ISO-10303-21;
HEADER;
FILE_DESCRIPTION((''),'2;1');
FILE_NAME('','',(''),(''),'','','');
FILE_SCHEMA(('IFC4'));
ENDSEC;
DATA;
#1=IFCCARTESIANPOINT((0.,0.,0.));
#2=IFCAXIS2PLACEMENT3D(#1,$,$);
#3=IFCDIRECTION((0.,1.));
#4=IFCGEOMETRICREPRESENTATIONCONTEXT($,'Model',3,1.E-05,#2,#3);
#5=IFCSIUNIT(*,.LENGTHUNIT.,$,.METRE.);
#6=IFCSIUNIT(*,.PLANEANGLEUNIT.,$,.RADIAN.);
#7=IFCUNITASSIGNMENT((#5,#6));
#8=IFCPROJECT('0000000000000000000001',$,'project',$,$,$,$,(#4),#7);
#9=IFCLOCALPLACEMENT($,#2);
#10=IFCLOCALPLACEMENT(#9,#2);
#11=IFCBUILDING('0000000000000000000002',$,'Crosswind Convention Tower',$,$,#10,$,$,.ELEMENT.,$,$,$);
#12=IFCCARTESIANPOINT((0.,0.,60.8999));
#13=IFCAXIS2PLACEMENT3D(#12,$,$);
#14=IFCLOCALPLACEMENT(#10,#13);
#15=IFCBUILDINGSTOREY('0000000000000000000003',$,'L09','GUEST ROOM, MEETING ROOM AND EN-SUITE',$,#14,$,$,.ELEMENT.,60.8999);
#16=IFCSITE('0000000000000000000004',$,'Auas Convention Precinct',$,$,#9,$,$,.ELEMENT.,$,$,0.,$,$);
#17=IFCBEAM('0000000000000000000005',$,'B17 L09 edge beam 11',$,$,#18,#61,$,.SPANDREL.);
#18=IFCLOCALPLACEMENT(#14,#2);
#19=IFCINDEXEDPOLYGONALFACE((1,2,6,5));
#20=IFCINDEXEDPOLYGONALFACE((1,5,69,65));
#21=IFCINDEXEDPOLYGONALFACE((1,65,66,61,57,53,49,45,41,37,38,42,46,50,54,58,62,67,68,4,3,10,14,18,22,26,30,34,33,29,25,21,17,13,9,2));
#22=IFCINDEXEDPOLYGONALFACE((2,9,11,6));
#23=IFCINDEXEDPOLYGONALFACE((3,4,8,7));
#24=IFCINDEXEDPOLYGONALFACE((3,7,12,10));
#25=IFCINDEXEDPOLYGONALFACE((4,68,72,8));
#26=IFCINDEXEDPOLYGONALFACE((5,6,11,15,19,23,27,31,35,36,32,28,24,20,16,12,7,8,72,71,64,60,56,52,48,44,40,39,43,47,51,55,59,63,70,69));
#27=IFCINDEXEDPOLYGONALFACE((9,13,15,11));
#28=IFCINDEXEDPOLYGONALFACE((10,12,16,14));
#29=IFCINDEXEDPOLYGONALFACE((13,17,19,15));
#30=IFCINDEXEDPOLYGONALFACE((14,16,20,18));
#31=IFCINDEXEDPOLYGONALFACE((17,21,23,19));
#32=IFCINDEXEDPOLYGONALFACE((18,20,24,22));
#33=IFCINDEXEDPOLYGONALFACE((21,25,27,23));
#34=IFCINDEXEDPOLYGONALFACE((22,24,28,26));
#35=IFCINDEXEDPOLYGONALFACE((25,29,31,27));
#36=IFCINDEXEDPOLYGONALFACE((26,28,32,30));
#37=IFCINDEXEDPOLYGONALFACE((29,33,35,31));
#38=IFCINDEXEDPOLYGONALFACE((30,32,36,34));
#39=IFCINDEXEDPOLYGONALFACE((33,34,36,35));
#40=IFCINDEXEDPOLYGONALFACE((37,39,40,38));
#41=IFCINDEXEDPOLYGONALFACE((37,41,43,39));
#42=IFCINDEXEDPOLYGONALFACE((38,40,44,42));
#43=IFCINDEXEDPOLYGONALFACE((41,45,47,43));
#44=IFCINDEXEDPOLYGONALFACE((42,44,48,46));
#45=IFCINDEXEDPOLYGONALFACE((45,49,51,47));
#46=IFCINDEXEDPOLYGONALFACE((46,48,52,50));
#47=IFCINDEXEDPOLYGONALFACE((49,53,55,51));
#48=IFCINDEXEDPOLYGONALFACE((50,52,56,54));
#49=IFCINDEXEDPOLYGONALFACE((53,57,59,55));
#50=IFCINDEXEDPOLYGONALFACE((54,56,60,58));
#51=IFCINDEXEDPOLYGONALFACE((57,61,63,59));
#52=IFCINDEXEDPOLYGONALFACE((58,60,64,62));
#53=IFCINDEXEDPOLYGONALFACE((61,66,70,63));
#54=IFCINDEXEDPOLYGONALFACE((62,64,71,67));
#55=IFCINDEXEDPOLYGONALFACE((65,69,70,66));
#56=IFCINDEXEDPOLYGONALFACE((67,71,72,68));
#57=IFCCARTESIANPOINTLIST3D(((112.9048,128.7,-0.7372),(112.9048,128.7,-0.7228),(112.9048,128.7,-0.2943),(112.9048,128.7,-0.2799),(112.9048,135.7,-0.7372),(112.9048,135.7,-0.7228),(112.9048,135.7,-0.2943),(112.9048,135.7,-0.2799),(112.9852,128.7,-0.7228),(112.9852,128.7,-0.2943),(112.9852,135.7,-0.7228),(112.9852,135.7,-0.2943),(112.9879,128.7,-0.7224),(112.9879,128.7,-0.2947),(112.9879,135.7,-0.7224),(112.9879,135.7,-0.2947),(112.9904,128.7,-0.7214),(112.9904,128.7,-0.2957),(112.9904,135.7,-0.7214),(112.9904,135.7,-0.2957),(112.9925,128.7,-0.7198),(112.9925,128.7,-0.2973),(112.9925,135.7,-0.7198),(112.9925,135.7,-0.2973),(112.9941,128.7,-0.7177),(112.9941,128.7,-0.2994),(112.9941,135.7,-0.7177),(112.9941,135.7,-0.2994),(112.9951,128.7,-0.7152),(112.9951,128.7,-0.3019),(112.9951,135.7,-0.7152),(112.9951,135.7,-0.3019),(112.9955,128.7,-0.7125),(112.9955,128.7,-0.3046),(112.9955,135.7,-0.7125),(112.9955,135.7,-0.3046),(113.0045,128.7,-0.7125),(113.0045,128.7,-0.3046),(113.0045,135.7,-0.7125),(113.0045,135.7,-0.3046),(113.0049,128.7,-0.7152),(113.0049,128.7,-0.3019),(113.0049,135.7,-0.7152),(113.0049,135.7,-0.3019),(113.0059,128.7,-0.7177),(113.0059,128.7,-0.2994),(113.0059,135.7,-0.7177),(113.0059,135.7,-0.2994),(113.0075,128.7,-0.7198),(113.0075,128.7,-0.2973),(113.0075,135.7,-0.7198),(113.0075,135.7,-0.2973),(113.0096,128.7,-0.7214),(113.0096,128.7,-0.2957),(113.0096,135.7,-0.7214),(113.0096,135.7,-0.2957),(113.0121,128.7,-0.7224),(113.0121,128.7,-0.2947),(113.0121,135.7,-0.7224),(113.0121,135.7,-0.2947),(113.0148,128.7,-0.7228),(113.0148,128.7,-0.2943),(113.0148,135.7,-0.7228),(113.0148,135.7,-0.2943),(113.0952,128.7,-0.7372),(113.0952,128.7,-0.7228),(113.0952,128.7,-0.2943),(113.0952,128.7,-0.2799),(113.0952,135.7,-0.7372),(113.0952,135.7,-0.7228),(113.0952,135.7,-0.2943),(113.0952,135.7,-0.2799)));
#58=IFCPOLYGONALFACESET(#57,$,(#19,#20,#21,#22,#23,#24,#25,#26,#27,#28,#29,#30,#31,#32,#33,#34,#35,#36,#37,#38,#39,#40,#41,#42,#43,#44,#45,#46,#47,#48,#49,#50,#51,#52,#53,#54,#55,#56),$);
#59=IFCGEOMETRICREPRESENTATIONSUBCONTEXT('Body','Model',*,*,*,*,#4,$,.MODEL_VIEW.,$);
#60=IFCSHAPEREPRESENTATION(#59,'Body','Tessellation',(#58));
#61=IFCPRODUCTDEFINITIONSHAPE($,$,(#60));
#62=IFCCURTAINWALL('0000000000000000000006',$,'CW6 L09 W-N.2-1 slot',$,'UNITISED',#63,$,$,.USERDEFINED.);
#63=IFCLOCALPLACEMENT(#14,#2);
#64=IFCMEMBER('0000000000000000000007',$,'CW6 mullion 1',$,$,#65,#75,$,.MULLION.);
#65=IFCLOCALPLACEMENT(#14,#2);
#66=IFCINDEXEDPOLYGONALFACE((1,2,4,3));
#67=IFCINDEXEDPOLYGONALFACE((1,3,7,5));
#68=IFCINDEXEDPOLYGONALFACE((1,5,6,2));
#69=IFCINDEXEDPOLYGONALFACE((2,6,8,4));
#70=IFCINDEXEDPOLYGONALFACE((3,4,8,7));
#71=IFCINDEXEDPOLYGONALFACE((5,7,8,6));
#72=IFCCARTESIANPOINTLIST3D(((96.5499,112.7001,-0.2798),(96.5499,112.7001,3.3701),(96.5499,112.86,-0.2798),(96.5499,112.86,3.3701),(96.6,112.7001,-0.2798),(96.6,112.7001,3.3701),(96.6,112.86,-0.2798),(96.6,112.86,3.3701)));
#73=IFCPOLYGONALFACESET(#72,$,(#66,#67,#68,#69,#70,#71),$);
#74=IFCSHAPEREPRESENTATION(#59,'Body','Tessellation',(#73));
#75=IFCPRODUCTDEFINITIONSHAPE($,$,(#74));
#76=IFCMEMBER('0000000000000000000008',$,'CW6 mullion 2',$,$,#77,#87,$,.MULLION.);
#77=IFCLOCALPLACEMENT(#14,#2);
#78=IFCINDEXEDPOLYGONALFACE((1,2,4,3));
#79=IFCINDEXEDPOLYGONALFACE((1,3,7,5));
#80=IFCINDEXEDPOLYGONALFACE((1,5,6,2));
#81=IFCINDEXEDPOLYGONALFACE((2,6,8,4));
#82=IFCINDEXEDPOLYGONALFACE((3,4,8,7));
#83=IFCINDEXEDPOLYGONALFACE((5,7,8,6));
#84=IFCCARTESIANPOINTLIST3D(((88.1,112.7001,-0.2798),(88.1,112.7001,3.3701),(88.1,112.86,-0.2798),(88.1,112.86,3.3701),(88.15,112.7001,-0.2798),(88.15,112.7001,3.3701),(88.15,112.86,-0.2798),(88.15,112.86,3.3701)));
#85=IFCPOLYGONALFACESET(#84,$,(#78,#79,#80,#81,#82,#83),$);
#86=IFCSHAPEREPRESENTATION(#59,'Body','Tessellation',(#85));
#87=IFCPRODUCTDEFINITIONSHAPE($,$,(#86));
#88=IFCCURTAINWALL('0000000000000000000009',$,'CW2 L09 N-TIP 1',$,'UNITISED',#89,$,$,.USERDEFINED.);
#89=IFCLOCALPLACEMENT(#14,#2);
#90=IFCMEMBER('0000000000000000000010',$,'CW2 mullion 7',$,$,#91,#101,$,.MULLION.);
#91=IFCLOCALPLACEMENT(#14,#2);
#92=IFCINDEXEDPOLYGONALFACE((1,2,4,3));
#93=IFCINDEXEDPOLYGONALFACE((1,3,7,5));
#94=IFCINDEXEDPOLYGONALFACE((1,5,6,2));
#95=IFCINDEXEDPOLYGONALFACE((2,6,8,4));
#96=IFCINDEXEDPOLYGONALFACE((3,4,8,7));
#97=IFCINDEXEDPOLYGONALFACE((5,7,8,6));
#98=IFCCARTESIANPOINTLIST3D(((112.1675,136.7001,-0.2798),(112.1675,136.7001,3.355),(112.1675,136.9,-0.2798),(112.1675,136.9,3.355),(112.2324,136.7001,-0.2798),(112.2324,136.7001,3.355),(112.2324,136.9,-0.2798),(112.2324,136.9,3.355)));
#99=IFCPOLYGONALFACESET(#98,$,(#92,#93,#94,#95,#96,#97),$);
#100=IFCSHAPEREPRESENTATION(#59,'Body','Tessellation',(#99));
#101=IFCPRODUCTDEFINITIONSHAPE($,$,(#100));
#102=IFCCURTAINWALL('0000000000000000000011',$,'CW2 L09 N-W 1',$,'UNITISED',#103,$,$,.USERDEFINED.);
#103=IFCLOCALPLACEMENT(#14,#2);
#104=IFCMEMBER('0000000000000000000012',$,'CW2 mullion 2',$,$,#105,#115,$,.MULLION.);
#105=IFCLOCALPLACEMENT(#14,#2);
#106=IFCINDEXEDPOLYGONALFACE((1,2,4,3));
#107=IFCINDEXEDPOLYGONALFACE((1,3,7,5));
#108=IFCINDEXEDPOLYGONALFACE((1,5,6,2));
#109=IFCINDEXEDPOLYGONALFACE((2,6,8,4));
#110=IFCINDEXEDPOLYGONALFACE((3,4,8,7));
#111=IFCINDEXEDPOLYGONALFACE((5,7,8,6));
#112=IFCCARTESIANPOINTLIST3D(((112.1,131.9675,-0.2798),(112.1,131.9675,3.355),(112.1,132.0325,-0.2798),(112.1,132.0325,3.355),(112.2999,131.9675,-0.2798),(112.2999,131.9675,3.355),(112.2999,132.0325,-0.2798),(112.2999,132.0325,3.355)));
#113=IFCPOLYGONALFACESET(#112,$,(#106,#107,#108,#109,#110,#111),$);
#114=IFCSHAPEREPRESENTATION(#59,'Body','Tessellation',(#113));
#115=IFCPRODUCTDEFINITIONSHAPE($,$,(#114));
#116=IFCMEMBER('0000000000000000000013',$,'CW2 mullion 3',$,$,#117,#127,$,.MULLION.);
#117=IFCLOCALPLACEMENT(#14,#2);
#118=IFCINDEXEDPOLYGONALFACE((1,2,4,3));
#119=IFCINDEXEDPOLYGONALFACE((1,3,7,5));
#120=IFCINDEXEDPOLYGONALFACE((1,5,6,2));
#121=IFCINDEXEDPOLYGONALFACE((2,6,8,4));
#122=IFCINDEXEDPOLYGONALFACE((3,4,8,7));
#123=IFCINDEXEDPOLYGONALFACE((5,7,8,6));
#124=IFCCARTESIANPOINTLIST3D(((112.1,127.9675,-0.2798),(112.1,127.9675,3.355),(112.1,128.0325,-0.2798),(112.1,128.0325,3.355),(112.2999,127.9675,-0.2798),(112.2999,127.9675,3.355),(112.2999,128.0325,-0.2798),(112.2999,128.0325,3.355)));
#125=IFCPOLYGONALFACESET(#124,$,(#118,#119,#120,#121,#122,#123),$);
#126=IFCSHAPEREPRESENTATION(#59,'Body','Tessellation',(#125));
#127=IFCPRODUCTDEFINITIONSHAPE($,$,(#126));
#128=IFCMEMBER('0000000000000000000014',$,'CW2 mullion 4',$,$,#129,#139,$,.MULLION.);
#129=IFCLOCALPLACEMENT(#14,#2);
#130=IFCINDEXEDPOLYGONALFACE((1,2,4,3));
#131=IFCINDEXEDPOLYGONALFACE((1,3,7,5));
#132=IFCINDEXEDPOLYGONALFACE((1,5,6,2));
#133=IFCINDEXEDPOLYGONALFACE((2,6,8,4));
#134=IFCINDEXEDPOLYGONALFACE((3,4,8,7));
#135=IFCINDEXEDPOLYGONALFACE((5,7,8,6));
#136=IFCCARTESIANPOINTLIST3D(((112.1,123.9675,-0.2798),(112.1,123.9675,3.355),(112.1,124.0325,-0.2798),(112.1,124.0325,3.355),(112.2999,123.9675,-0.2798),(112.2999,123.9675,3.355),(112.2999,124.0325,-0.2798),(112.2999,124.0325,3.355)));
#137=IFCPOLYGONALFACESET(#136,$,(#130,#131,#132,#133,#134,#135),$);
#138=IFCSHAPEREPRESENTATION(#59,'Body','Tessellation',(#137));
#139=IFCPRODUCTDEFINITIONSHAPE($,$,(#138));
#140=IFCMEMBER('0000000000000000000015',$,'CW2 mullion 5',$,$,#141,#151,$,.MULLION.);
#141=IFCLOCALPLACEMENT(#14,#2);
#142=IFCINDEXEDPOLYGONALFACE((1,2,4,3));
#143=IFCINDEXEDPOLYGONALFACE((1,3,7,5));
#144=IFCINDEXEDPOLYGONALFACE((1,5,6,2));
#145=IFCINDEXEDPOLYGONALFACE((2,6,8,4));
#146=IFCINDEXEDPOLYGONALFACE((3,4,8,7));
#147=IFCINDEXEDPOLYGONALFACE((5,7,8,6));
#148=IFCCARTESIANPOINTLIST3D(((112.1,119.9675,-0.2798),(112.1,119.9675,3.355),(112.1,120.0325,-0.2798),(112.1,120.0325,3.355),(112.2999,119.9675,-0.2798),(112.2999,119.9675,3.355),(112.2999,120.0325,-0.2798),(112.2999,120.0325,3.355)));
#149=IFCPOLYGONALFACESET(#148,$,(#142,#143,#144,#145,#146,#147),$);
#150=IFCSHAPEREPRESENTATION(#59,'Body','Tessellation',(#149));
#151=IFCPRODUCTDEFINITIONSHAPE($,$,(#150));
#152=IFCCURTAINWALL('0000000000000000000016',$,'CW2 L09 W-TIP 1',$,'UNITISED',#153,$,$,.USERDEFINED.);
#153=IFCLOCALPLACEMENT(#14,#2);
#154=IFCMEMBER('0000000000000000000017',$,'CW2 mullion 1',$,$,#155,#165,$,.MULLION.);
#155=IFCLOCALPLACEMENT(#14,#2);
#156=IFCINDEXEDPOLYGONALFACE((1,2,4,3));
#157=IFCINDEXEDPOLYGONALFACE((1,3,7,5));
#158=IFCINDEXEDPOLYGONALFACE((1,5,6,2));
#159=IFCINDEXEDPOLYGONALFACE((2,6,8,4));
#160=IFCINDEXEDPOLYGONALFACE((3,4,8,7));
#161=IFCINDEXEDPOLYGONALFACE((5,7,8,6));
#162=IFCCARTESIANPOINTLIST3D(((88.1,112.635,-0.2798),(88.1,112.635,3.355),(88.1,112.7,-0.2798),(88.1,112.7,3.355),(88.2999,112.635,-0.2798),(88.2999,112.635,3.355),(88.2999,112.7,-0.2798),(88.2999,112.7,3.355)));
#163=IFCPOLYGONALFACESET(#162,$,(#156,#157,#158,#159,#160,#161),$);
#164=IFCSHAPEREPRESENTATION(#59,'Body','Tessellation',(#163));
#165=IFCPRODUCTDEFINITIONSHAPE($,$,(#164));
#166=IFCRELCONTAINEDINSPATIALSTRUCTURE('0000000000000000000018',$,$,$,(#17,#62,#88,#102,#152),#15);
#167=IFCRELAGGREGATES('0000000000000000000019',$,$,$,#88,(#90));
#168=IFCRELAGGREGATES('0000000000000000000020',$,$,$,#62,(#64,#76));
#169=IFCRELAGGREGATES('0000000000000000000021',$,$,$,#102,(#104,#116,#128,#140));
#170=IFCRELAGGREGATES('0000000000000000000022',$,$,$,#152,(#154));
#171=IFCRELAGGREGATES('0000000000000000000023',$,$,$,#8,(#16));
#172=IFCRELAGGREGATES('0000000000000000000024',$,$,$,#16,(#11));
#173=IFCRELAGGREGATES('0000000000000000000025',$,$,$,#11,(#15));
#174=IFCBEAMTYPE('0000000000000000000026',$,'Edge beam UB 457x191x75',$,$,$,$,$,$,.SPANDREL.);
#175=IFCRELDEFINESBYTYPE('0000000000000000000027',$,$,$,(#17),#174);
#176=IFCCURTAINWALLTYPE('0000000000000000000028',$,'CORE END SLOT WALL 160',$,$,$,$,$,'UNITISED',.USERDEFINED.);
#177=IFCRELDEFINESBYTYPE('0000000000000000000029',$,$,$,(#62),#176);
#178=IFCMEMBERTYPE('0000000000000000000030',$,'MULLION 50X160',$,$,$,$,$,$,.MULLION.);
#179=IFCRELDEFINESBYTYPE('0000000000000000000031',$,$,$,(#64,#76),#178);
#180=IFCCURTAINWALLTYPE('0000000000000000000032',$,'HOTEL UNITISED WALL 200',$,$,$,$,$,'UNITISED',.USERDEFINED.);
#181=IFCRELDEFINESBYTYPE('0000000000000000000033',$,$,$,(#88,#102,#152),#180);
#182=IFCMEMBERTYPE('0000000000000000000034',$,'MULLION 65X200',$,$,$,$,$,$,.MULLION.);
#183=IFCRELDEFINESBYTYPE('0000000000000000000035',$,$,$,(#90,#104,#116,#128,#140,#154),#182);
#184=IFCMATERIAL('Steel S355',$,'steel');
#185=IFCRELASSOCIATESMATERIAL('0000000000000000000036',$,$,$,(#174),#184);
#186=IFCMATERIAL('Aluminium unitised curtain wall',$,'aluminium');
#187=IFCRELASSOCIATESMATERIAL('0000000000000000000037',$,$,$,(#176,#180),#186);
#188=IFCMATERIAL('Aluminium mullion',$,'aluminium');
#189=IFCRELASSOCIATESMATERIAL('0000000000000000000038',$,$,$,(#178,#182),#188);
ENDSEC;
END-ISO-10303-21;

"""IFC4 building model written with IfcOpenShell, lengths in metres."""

from ifc_helpers import new_model, si_unit, direction, frame, origin, origin_2d, place, context, subcontext, project, spatial, rectangle, i_section, extrude, material, material_profile, profile_set, type_object, element, aggregate, save


model = new_model("IFC4")

# Units and contexts
model_context = context("Model", 3, precision=1e-05, world=origin(), true_north=direction((0.0, 1.0)))
body_context = subcontext(model_context, "Body", "Model", "MODEL_VIEW")
ifc_project = project(units=[si_unit("LENGTHUNIT", "METRE"), si_unit("PLANEANGLEUNIT", "RADIAN")], contexts=[model_context])

# Site, building, storey
site_placement = place(None, origin())
site = spatial("IfcSite", under=ifc_project, at=site_placement, Name="Auas Convention Precinct", CompositionType="ELEMENT", RefElevation=0.0)
building_placement = place(site_placement, origin())
building = spatial("IfcBuilding", under=site, at=building_placement, Name="Crosswind Convention Tower", CompositionType="ELEMENT")
storey_placement = place(building_placement, frame((0.0, 0.0, 60.8999)))
storey = spatial("IfcBuildingStorey", under=building, at=storey_placement, Name="L09", Description="GUEST ROOM, MEETING ROOM AND EN-SUITE", CompositionType="ELEMENT", Elevation=60.8999)

# Beam
ifc_material_1 = material(Name="Steel S355", Category="steel")
ifc_material_profile_1 = material_profile(ifc_material_1, i_section(OverallWidth=0.1904, OverallDepth=0.4573, WebThickness=0.009, FlangeThickness=0.0144, FilletRadius=0.0103, at=origin_2d()), Name="UB 457x191x75")
ifc_profile_set_1 = profile_set([ifc_material_profile_1], Name="Steel S355")
beam_type_1 = type_object("IfcBeamType", Name="Edge beam UB 457x191x75", PredefinedType="SPANDREL", material=ifc_profile_set_1)
beam_1_placement = place(storey_placement, frame((113.0, 128.7, -0.5085), z_axis=(0.0, 1.0, 0.0), x_axis=(-1.0, 0.0, 0.0)))
element("IfcBeam", 1, at=beam_1_placement, inside=storey, type_object=beam_type_1, Name="B17 L09 edge beam 11", PredefinedType="SPANDREL", context=body_context, shape_type="SweptSolid", body=[
    extrude(i_section(OverallWidth=0.1904, OverallDepth=0.4573, WebThickness=0.009, FlangeThickness=0.0144, FilletRadius=0.0103, at=origin_2d()), origin(), (0.0, 0.0, 1.0), 7.0),
])

# Curtain wall, members
ifc_material_2 = material(Name="Aluminium unitised curtain wall", Category="aluminium")
curtain_wall_type_1 = type_object("IfcCurtainWallType", Name="CORE END SLOT WALL 160", ElementType="UNITISED", PredefinedType="USERDEFINED", material=ifc_material_2)
curtain_wall_1_placement = place(storey_placement, origin())
curtain_wall_1 = element("IfcCurtainWall", 2, at=curtain_wall_1_placement, inside=storey, type_object=curtain_wall_type_1, Name="CW6 L09 W-N.2-1 slot", ObjectType="UNITISED", PredefinedType="USERDEFINED")
ifc_material_3 = material(Name="Aluminium mullion", Category="aluminium")
ifc_material_profile_2 = material_profile(ifc_material_3, rectangle(XDim=0.1599, YDim=0.05, at=origin_2d()), Name="AL 160X50")
ifc_profile_set_2 = profile_set([ifc_material_profile_2], Name="Aluminium mullion")
member_type_1 = type_object("IfcMemberType", Name="MULLION 50X160", PredefinedType="MULLION", material=ifc_profile_set_2)
member_1_placement = place(storey_placement, frame((96.575, 112.78, -0.2798), z_axis=(0.0, 0.0, 1.0), x_axis=(0.0, 1.0, 0.0)))
member_1 = element("IfcMember", 3, at=member_1_placement, type_object=member_type_1, Name="CW6 mullion 1", PredefinedType="MULLION", context=body_context, shape_type="SweptSolid", body=[
    extrude(rectangle(XDim=0.1599, YDim=0.05, at=origin_2d()), origin(), (0.0, 0.0, 1.0), 3.6499),
])
member_2_placement = place(storey_placement, frame((88.125, 112.78, -0.2798), z_axis=(0.0, 0.0, 1.0), x_axis=(0.0, 1.0, 0.0)))
member_2 = element("IfcMember", 4, at=member_2_placement, type_object=member_type_1, Name="CW6 mullion 2", PredefinedType="MULLION", context=body_context, shape_type="SweptSolid", body=[
    extrude(rectangle(XDim=0.1599, YDim=0.05, at=origin_2d()), origin(), (0.0, 0.0, 1.0), 3.6499),
])

# Curtain wall, member
curtain_wall_type_2 = type_object("IfcCurtainWallType", Name="HOTEL UNITISED WALL 200", ElementType="UNITISED", PredefinedType="USERDEFINED", material=ifc_material_2)
curtain_wall_2_placement = place(storey_placement, origin())
curtain_wall_2 = element("IfcCurtainWall", 5, at=curtain_wall_2_placement, inside=storey, type_object=curtain_wall_type_2, Name="CW2 L09 N-TIP 1", ObjectType="UNITISED", PredefinedType="USERDEFINED")
ifc_material_profile_3 = material_profile(ifc_material_3, rectangle(XDim=0.2, YDim=0.0649, at=origin_2d()), Name="AL 200X65")
ifc_profile_set_3 = profile_set([ifc_material_profile_3], Name="Aluminium mullion")
member_type_2 = type_object("IfcMemberType", Name="MULLION 65X200", PredefinedType="MULLION", material=ifc_profile_set_3)
member_3_placement = place(storey_placement, frame((112.2, 136.8, -0.2798), z_axis=(0.0, 0.0, 1.0), x_axis=(0.0, 1.0, 0.0)))
member_3 = element("IfcMember", 6, at=member_3_placement, type_object=member_type_2, Name="CW2 mullion 7", PredefinedType="MULLION", context=body_context, shape_type="SweptSolid", body=[
    extrude(rectangle(XDim=0.2, YDim=0.0649, at=origin_2d()), origin(), (0.0, 0.0, 1.0), 3.6348),
])
aggregate(curtain_wall_2, [member_3])

# Curtain wall, members
curtain_wall_3_placement = place(storey_placement, origin())
curtain_wall_3 = element("IfcCurtainWall", 7, at=curtain_wall_3_placement, inside=storey, type_object=curtain_wall_type_2, Name="CW2 L09 N-W 1", ObjectType="UNITISED", PredefinedType="USERDEFINED")
member_4_placement = place(storey_placement, frame((112.2, 132.0, -0.2798), z_axis=(0.0, 0.0, 1.0), x_axis=(-1.0, 0.0, 0.0)))
member_4 = element("IfcMember", 8, at=member_4_placement, type_object=member_type_2, Name="CW2 mullion 2", PredefinedType="MULLION", context=body_context, shape_type="SweptSolid", body=[
    extrude(rectangle(XDim=0.2, YDim=0.0649, at=origin_2d()), origin(), (0.0, 0.0, 1.0), 3.6348),
])
member_5_placement = place(storey_placement, frame((112.2, 128.0, -0.2798), z_axis=(0.0, 0.0, 1.0), x_axis=(-1.0, 0.0, 0.0)))
member_5 = element("IfcMember", 9, at=member_5_placement, type_object=member_type_2, Name="CW2 mullion 3", PredefinedType="MULLION", context=body_context, shape_type="SweptSolid", body=[
    extrude(rectangle(XDim=0.2, YDim=0.0649, at=origin_2d()), origin(), (0.0, 0.0, 1.0), 3.6348),
])
member_6_placement = place(storey_placement, frame((112.2, 124.0, -0.2798), z_axis=(0.0, 0.0, 1.0), x_axis=(-1.0, 0.0, 0.0)))
member_6 = element("IfcMember", 10, at=member_6_placement, type_object=member_type_2, Name="CW2 mullion 4", PredefinedType="MULLION", context=body_context, shape_type="SweptSolid", body=[
    extrude(rectangle(XDim=0.2, YDim=0.0649, at=origin_2d()), origin(), (0.0, 0.0, 1.0), 3.6348),
])
member_7_placement = place(storey_placement, frame((112.2, 120.0, -0.2798), z_axis=(0.0, 0.0, 1.0), x_axis=(-1.0, 0.0, 0.0)))
member_7 = element("IfcMember", 11, at=member_7_placement, type_object=member_type_2, Name="CW2 mullion 5", PredefinedType="MULLION", context=body_context, shape_type="SweptSolid", body=[
    extrude(rectangle(XDim=0.2, YDim=0.0649, at=origin_2d()), origin(), (0.0, 0.0, 1.0), 3.6348),
])

# Curtain wall, member
curtain_wall_4_placement = place(storey_placement, origin())
curtain_wall_4 = element("IfcCurtainWall", 12, at=curtain_wall_4_placement, inside=storey, type_object=curtain_wall_type_2, Name="CW2 L09 W-TIP 1", ObjectType="UNITISED", PredefinedType="USERDEFINED")
member_8_placement = place(storey_placement, frame((88.2, 112.6675, -0.2798), z_axis=(0.0, 0.0, 1.0), x_axis=(-1.0, 0.0, 0.0)))
member_8 = element("IfcMember", 13, at=member_8_placement, type_object=member_type_2, Name="CW2 mullion 1", PredefinedType="MULLION", context=body_context, shape_type="SweptSolid", body=[
    extrude(rectangle(XDim=0.2, YDim=0.0649, at=origin_2d()), origin(), (0.0, 0.0, 1.0), 3.6348),
])

aggregate(curtain_wall_1, [member_1, member_2])

aggregate(curtain_wall_3, [member_4, member_5, member_6, member_7])
aggregate(curtain_wall_4, [member_8])

save(model, "model.ifc")
